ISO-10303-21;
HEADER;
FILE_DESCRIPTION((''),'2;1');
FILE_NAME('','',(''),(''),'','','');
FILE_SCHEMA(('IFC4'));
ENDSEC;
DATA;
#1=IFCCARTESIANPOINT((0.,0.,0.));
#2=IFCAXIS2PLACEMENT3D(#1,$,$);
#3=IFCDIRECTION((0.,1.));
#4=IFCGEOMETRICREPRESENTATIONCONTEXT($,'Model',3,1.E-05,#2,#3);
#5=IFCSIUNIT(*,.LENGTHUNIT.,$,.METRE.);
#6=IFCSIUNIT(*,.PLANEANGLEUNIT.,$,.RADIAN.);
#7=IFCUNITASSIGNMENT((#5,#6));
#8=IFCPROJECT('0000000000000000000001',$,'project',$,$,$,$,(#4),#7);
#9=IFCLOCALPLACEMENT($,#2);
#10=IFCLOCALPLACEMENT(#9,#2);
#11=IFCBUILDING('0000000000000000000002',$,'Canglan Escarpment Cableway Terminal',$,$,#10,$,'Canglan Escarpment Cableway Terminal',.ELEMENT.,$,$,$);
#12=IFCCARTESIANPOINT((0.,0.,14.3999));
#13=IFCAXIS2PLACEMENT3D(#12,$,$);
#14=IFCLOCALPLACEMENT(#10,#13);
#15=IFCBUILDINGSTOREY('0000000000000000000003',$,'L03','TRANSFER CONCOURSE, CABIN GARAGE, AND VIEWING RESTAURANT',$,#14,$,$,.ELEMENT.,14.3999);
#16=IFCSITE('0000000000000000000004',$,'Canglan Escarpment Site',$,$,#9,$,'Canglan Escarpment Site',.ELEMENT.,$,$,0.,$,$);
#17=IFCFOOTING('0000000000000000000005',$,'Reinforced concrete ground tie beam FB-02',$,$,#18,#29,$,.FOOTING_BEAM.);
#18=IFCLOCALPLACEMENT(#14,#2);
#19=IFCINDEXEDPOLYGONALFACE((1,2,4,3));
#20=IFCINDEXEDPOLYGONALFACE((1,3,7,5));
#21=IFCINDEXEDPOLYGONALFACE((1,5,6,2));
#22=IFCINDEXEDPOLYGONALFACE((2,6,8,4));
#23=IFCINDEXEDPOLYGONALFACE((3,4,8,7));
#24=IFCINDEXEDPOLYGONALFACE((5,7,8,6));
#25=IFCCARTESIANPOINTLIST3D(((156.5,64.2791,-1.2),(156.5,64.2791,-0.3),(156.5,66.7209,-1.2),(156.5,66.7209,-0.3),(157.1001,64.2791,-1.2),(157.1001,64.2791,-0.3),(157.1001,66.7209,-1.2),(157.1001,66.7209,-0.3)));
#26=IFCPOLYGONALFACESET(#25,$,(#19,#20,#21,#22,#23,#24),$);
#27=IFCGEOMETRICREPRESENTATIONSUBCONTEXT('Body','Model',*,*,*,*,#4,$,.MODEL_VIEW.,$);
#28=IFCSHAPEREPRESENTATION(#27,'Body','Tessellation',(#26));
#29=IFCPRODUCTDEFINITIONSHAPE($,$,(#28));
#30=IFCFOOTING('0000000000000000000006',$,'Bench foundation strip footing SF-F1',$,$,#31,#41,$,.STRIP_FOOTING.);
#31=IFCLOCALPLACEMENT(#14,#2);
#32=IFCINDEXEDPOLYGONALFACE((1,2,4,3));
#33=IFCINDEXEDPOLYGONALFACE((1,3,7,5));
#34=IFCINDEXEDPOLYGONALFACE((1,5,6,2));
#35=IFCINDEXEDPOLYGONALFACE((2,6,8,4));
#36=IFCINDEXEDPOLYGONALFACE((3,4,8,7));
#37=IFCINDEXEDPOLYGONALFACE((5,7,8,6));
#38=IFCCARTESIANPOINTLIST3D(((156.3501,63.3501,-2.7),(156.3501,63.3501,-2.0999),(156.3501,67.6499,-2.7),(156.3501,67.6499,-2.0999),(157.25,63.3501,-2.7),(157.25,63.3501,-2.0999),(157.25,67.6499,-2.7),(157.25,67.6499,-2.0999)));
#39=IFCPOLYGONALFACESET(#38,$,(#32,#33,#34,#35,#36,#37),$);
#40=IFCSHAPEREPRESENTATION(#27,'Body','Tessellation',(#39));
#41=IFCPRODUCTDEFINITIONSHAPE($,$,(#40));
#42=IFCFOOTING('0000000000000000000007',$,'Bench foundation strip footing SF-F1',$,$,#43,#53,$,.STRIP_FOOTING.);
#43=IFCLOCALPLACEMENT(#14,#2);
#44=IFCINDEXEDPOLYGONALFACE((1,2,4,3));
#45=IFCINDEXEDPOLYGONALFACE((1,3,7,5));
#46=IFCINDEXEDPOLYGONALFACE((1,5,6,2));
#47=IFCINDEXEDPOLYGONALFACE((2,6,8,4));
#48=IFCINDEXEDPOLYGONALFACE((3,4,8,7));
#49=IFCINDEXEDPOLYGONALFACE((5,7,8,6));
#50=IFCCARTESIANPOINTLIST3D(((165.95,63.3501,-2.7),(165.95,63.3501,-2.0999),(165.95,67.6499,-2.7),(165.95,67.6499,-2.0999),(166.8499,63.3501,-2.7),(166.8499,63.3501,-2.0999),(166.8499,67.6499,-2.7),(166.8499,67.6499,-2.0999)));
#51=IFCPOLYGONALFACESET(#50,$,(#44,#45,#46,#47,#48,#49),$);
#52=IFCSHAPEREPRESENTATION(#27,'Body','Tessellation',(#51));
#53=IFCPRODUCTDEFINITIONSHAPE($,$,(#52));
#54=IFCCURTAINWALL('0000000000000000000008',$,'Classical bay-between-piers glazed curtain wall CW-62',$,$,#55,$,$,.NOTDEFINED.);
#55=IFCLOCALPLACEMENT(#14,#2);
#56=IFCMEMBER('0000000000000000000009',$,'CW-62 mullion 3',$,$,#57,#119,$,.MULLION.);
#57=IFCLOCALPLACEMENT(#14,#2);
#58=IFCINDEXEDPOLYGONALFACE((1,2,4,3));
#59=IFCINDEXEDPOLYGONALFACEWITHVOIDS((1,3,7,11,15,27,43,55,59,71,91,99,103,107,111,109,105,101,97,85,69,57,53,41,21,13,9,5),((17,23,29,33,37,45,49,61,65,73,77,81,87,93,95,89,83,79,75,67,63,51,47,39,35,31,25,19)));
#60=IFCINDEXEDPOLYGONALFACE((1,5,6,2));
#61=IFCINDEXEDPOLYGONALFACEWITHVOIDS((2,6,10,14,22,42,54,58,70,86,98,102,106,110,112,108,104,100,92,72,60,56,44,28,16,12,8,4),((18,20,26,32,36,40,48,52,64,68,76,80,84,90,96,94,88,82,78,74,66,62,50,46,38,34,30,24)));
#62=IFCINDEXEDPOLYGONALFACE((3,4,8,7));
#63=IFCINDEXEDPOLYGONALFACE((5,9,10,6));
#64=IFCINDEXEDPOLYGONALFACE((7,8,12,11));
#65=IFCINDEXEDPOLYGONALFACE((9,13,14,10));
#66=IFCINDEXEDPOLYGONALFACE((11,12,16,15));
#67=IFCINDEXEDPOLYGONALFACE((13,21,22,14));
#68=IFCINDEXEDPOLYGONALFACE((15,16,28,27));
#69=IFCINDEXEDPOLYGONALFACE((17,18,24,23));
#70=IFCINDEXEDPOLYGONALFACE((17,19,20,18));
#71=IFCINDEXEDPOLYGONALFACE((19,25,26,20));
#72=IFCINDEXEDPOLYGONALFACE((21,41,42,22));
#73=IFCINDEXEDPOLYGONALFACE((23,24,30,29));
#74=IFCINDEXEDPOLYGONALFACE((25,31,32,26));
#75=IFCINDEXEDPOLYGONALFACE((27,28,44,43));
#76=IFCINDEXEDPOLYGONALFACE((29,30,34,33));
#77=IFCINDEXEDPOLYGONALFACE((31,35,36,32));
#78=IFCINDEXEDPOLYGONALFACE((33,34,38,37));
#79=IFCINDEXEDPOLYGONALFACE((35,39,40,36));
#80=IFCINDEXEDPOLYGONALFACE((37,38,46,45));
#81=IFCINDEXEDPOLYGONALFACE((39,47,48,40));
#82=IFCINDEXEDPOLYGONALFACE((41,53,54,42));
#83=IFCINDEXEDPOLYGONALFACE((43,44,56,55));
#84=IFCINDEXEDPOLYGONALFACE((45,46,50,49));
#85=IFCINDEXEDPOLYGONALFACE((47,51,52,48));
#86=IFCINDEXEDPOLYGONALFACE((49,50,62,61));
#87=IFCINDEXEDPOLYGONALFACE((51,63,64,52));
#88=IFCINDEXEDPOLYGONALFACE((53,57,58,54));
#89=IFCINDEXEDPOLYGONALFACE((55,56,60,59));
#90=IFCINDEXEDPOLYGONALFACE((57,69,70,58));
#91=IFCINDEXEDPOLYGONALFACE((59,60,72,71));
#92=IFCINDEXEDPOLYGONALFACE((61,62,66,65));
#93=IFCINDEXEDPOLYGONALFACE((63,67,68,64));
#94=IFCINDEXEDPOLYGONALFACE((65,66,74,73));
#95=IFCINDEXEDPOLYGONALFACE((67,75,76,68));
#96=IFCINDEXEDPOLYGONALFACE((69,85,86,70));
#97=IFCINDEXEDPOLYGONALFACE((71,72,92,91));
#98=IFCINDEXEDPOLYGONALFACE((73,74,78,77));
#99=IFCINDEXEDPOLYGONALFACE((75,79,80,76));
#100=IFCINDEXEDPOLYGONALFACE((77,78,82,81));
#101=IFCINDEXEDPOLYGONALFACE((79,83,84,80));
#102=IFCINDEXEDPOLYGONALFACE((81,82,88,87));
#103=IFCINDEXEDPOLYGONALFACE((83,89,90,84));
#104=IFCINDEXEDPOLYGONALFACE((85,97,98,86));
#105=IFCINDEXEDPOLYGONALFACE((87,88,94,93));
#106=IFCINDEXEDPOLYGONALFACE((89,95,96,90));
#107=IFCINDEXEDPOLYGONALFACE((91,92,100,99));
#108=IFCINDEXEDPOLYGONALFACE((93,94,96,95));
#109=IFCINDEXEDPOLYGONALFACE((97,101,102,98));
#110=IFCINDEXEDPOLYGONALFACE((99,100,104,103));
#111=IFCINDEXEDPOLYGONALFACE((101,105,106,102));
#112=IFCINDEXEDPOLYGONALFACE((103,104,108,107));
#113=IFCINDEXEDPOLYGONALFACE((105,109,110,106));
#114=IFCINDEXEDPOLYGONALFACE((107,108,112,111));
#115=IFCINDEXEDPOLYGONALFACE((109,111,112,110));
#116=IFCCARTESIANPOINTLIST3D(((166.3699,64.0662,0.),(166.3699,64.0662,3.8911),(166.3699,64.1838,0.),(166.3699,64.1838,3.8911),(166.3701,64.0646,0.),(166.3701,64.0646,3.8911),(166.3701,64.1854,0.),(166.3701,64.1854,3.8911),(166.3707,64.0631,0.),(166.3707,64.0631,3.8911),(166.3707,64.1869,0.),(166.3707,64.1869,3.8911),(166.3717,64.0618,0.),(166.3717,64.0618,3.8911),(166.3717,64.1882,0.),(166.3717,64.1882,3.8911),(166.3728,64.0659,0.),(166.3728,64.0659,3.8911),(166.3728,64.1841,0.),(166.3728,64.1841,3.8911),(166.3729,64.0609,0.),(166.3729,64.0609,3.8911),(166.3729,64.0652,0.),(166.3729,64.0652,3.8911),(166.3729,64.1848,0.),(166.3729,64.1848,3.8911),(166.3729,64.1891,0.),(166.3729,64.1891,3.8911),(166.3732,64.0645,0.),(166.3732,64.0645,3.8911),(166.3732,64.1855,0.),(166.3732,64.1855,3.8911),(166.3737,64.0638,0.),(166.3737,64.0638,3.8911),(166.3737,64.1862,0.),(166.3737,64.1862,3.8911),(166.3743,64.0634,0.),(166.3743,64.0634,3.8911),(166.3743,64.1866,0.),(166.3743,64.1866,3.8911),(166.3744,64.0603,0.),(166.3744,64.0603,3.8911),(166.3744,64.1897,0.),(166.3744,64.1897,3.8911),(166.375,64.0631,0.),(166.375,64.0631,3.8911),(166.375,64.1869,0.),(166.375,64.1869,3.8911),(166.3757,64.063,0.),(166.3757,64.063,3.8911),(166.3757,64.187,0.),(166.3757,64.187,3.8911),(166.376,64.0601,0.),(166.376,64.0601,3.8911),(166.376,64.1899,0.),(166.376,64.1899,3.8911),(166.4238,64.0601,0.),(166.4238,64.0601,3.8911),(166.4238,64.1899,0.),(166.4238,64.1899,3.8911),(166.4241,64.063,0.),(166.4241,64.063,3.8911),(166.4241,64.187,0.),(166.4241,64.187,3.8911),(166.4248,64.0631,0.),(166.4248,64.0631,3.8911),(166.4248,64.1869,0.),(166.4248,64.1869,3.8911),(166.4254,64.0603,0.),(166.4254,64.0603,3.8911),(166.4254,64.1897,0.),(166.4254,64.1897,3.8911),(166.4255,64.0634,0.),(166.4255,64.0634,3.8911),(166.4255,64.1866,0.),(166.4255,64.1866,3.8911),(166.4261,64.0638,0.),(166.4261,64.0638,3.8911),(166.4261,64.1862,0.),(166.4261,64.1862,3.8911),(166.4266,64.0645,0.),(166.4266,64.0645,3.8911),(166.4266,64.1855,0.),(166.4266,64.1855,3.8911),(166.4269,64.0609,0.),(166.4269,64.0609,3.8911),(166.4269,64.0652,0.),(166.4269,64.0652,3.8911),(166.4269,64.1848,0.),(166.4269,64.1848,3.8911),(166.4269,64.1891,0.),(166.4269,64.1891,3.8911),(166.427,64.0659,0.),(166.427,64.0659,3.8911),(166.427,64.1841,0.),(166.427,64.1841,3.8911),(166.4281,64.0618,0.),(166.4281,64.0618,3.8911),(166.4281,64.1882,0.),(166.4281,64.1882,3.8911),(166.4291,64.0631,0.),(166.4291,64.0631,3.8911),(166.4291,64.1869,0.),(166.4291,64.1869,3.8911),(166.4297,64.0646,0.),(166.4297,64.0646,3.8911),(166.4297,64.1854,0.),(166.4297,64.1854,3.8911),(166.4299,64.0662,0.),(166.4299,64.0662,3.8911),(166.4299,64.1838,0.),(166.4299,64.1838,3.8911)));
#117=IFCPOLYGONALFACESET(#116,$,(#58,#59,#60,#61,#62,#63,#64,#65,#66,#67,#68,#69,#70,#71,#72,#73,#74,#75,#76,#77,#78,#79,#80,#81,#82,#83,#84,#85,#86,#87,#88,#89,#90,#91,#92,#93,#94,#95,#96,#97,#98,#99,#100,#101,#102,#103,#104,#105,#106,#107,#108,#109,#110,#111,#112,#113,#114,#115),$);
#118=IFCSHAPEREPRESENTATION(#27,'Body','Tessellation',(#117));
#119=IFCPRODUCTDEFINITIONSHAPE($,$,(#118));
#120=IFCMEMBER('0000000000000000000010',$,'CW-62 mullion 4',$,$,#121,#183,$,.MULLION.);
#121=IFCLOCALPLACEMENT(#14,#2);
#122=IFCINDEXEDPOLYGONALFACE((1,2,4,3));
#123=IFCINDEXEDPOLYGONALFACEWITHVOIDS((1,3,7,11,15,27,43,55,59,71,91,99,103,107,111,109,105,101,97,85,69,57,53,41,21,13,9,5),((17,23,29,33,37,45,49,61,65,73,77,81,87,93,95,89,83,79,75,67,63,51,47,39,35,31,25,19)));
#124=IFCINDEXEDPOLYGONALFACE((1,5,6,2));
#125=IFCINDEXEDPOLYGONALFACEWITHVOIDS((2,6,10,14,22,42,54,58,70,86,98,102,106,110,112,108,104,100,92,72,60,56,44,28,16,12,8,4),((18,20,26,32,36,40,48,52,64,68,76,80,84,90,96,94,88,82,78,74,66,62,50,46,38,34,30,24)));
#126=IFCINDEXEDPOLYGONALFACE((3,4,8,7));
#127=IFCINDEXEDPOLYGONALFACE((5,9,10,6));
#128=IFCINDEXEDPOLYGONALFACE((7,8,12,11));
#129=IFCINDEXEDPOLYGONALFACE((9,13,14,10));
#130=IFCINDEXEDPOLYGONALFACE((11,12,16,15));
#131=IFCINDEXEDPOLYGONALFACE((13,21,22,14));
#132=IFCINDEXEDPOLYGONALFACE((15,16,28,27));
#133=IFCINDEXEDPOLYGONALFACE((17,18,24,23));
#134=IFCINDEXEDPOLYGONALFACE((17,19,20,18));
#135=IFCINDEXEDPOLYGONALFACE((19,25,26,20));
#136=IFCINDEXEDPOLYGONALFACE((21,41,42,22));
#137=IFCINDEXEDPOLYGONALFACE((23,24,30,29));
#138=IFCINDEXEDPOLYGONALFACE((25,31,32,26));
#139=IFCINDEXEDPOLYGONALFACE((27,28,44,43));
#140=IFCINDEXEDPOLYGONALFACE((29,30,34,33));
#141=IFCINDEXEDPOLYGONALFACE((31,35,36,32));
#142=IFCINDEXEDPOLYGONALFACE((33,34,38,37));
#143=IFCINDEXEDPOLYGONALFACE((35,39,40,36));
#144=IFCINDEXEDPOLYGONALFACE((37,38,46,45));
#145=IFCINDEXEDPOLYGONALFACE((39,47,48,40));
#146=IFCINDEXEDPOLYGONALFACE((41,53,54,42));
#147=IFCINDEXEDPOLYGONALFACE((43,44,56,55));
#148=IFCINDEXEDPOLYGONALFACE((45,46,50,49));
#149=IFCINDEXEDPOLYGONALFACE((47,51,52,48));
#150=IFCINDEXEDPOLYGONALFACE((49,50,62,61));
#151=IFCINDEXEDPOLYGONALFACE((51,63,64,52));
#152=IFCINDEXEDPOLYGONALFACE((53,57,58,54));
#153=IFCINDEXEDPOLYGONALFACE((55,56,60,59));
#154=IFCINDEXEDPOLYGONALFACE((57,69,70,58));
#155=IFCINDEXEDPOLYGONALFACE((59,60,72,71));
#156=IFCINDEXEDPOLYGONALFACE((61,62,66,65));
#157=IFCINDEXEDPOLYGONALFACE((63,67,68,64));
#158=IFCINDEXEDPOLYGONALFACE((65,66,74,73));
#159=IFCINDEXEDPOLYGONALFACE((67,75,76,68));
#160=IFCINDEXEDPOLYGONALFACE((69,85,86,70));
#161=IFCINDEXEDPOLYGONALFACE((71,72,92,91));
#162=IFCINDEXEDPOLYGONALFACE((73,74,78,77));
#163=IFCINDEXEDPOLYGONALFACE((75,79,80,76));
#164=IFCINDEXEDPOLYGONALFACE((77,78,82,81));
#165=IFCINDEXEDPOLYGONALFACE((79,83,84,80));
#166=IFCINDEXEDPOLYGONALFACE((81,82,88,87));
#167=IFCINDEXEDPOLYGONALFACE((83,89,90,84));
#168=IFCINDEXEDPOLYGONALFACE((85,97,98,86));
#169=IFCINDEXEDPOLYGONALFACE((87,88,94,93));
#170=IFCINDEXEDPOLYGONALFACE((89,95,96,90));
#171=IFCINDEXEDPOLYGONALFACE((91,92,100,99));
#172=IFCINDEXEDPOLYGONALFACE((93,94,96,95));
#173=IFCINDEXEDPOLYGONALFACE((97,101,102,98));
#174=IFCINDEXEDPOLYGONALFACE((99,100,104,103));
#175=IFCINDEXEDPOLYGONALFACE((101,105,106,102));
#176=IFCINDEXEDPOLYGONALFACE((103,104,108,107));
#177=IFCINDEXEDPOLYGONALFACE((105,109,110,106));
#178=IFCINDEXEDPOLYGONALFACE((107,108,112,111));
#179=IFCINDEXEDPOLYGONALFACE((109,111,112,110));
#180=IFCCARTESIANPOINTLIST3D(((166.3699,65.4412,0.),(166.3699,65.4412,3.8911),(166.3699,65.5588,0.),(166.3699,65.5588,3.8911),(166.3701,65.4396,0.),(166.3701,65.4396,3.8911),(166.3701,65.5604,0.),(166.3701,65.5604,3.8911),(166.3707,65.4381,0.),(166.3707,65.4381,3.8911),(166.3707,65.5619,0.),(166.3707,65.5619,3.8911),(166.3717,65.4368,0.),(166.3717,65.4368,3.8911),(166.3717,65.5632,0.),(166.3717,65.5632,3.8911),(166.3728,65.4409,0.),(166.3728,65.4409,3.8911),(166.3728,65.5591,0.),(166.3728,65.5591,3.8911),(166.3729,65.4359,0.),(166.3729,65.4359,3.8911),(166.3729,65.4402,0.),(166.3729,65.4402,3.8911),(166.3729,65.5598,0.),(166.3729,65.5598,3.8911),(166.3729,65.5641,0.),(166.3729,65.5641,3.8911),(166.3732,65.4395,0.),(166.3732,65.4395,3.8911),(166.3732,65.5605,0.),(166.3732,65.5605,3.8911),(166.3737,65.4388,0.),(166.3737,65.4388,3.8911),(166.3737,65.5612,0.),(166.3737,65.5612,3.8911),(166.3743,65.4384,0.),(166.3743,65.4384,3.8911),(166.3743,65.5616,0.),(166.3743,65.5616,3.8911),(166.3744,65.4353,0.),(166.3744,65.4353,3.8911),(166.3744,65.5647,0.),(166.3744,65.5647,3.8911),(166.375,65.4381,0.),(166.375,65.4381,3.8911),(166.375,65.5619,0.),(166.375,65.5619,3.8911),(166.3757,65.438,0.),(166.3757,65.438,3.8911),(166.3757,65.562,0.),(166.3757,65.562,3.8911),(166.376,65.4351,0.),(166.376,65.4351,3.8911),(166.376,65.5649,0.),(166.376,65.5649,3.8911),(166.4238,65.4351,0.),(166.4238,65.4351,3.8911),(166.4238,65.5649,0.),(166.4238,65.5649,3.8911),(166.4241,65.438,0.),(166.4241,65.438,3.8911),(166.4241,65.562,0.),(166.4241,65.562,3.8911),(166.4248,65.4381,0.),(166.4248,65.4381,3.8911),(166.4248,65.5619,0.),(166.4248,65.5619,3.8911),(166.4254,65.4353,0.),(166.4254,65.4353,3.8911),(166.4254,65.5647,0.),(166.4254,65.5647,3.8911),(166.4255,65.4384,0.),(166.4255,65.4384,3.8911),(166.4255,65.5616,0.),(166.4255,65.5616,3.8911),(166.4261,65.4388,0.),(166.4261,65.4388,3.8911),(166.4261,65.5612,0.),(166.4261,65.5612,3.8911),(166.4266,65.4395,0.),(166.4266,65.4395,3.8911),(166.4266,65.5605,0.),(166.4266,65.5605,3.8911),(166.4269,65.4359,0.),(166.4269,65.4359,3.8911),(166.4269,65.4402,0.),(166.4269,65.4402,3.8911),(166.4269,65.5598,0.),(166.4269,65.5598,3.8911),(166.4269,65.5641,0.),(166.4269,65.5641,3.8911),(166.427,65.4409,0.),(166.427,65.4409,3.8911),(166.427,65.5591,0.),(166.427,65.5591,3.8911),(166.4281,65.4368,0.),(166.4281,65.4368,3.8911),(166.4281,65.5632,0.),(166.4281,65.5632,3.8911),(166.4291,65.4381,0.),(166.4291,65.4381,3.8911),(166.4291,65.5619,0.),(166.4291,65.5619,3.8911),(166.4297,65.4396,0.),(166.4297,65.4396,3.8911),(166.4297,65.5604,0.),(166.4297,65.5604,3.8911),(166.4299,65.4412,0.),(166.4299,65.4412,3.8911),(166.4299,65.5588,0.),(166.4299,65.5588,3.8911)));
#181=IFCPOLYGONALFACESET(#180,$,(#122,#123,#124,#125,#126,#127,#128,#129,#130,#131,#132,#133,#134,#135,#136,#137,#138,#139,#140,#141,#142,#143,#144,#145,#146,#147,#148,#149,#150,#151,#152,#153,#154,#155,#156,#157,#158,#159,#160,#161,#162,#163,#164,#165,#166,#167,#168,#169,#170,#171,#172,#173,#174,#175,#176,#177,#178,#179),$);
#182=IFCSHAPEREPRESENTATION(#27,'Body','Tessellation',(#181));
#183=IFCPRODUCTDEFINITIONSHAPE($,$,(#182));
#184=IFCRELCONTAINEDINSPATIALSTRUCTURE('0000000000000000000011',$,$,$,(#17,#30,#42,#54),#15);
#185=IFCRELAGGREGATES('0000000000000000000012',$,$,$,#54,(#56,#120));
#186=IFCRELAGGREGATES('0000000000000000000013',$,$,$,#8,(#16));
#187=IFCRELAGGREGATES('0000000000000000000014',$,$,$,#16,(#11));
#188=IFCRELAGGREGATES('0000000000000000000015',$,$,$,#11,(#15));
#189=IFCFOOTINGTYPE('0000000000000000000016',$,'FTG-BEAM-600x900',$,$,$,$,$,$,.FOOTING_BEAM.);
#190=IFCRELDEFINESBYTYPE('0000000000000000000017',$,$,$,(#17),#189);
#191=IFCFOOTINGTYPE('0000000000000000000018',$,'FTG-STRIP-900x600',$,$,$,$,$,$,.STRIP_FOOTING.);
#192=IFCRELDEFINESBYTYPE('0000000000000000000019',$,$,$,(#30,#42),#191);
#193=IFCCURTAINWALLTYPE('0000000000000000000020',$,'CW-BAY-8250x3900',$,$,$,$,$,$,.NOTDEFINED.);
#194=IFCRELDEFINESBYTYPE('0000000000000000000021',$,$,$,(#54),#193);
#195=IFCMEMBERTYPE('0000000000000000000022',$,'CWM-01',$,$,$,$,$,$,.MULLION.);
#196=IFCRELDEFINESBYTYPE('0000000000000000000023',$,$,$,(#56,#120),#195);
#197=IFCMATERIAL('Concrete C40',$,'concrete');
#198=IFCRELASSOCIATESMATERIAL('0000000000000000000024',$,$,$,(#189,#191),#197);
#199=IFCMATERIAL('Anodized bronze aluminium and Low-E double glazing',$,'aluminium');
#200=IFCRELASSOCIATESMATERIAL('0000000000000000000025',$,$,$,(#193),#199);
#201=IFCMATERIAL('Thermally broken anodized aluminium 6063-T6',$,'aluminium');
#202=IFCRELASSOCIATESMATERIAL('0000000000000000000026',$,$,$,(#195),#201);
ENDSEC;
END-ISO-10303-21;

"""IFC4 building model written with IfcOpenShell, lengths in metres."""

from ifc_helpers import new_model, si_unit, direction, frame, origin, origin_2d, place, context, subcontext, project, spatial, rectangle, hollow_rectangle, extrude, material, material_profile, profile_set, type_object, element, aggregate, save


model = new_model("IFC4")

# Units and contexts
model_context = context("Model", 3, precision=1e-05, world=origin(), true_north=direction((0.0, 1.0)))
body_context = subcontext(model_context, "Body", "Model", "MODEL_VIEW")
ifc_project = project(units=[si_unit("LENGTHUNIT", "METRE"), si_unit("PLANEANGLEUNIT", "RADIAN")], contexts=[model_context])

# Site, building, storey
site_placement = place(None, origin())
site = spatial("IfcSite", under=ifc_project, at=site_placement, Name="Canglan Escarpment Site", LongName="Canglan Escarpment Site", CompositionType="ELEMENT", RefElevation=0.0)
building_placement = place(site_placement, origin())
building = spatial("IfcBuilding", under=site, at=building_placement, Name="Canglan Escarpment Cableway Terminal", LongName="Canglan Escarpment Cableway Terminal", CompositionType="ELEMENT")
storey_placement = place(building_placement, frame((0.0, 0.0, 14.3999)))
storey = spatial("IfcBuildingStorey", under=building, at=storey_placement, Name="L03", Description="TRANSFER CONCOURSE, CABIN GARAGE, AND VIEWING RESTAURANT", CompositionType="ELEMENT", Elevation=14.3999)

# Footings
ifc_material_1 = material(Name="Concrete C40", Category="concrete")
ifc_material_profile_1 = material_profile(ifc_material_1, rectangle(XDim=0.6001, YDim=0.8999, at=origin_2d()), Name="FB 600x900")
ifc_profile_set_1 = profile_set([ifc_material_profile_1], Name="Concrete C40")
footing_type_1 = type_object("IfcFootingType", Name="FTG-BEAM-600x900", PredefinedType="FOOTING_BEAM", material=ifc_profile_set_1)
footing_placement = place(storey_placement, frame((156.8, 64.2791, -0.75), z_axis=(0.0, 1.0, 0.0), x_axis=(-1.0, 0.0, 0.0)))
element("IfcFooting", 1, at=footing_placement, inside=storey, type_object=footing_type_1, Name="Reinforced concrete ground tie beam FB-02", PredefinedType="FOOTING_BEAM", context=body_context, shape_type="SweptSolid", body=[
    extrude(rectangle(XDim=0.6001, YDim=0.8999, at=origin_2d()), origin(), (0.0, 0.0, 1.0), 2.4419),
])
ifc_material_profile_2 = material_profile(ifc_material_1, rectangle(XDim=0.8999, YDim=0.6001, at=origin_2d()), Name="SF 900x600")
ifc_profile_set_2 = profile_set([ifc_material_profile_2], Name="Concrete C40")
footing_type_2 = type_object("IfcFootingType", Name="FTG-STRIP-900x600", PredefinedType="STRIP_FOOTING", material=ifc_profile_set_2)
for number, where, z_axis, x_axis, name in (
    (2, (156.8, 63.3501, -2.3999), (0.0, 1.0, 0.0), (-1.0, 0.0, 0.0), "Bench foundation strip footing SF-F1"),
    (3, (166.3999, 63.3501, -2.3999), (0.0, 1.0, 0.0), (-1.0, 0.0, 0.0), "Bench foundation strip footing SF-F1"),
):
    element("IfcFooting", number, at=place(storey_placement, frame(where, z_axis=z_axis, x_axis=x_axis)), inside=storey, type_object=footing_type_2, Name=name, PredefinedType="STRIP_FOOTING", context=body_context, shape_type="SweptSolid", body=[
        extrude(rectangle(XDim=0.8999, YDim=0.6001, at=origin_2d()), origin(), (0.0, 0.0, 1.0), 4.2998),
    ])

# Curtain wall, members
ifc_material_2 = material(Name="Anodized bronze aluminium and Low-E double glazing", Category="aluminium")
curtain_wall_type = type_object("IfcCurtainWallType", Name="CW-BAY-8250x3900", PredefinedType="NOTDEFINED", material=ifc_material_2)
curtain_wall_placement = place(storey_placement, origin())
curtain_wall = element("IfcCurtainWall", 4, at=curtain_wall_placement, inside=storey, type_object=curtain_wall_type, Name="Classical bay-between-piers glazed curtain wall CW-62", PredefinedType="NOTDEFINED")
ifc_material_3 = material(Name="Thermally broken anodized aluminium 6063-T6", Category="aluminium")
ifc_material_profile_3 = material_profile(ifc_material_3, hollow_rectangle(XDim=0.0601, YDim=0.1299, WallThickness=0.0029, InnerFilletRadius=0.0029, OuterFilletRadius=0.0061, at=origin_2d()), Name="ALU-MULL 60x130x3")
ifc_profile_set_3 = profile_set([ifc_material_profile_3], Name="Thermally broken anodized aluminium 6063-T6")
member_type_1 = type_object("IfcMemberType", Name="CWM-01", PredefinedType="MULLION", material=ifc_profile_set_3)
member_1_placement = place(storey_placement, frame((166.3999, 64.125, 0.0), z_axis=(0.0, 0.0, 1.0), x_axis=(-1.0, 0.0, 0.0)))
member_1 = element("IfcMember", 5, at=member_1_placement, type_object=member_type_1, Name="CW-62 mullion 3", PredefinedType="MULLION", context=body_context, shape_type="SweptSolid", body=[
    extrude(hollow_rectangle(XDim=0.0601, YDim=0.1299, WallThickness=0.0029, InnerFilletRadius=0.0029, OuterFilletRadius=0.0061, at=origin_2d()), origin(), (0.0, 0.0, 1.0), 3.8911),
])
member_2_placement = place(storey_placement, frame((166.3999, 65.5, 0.0), z_axis=(0.0, 0.0, 1.0), x_axis=(-1.0, 0.0, 0.0)))
member_2 = element("IfcMember", 6, at=member_2_placement, type_object=member_type_1, Name="CW-62 mullion 4", PredefinedType="MULLION", context=body_context, shape_type="SweptSolid", body=[
    extrude(hollow_rectangle(XDim=0.0601, YDim=0.1299, WallThickness=0.0029, InnerFilletRadius=0.0029, OuterFilletRadius=0.0061, at=origin_2d()), origin(), (0.0, 0.0, 1.0), 3.8911),
])

aggregate(curtain_wall, [member_1, member_2])

save(model, "model.ifc")
